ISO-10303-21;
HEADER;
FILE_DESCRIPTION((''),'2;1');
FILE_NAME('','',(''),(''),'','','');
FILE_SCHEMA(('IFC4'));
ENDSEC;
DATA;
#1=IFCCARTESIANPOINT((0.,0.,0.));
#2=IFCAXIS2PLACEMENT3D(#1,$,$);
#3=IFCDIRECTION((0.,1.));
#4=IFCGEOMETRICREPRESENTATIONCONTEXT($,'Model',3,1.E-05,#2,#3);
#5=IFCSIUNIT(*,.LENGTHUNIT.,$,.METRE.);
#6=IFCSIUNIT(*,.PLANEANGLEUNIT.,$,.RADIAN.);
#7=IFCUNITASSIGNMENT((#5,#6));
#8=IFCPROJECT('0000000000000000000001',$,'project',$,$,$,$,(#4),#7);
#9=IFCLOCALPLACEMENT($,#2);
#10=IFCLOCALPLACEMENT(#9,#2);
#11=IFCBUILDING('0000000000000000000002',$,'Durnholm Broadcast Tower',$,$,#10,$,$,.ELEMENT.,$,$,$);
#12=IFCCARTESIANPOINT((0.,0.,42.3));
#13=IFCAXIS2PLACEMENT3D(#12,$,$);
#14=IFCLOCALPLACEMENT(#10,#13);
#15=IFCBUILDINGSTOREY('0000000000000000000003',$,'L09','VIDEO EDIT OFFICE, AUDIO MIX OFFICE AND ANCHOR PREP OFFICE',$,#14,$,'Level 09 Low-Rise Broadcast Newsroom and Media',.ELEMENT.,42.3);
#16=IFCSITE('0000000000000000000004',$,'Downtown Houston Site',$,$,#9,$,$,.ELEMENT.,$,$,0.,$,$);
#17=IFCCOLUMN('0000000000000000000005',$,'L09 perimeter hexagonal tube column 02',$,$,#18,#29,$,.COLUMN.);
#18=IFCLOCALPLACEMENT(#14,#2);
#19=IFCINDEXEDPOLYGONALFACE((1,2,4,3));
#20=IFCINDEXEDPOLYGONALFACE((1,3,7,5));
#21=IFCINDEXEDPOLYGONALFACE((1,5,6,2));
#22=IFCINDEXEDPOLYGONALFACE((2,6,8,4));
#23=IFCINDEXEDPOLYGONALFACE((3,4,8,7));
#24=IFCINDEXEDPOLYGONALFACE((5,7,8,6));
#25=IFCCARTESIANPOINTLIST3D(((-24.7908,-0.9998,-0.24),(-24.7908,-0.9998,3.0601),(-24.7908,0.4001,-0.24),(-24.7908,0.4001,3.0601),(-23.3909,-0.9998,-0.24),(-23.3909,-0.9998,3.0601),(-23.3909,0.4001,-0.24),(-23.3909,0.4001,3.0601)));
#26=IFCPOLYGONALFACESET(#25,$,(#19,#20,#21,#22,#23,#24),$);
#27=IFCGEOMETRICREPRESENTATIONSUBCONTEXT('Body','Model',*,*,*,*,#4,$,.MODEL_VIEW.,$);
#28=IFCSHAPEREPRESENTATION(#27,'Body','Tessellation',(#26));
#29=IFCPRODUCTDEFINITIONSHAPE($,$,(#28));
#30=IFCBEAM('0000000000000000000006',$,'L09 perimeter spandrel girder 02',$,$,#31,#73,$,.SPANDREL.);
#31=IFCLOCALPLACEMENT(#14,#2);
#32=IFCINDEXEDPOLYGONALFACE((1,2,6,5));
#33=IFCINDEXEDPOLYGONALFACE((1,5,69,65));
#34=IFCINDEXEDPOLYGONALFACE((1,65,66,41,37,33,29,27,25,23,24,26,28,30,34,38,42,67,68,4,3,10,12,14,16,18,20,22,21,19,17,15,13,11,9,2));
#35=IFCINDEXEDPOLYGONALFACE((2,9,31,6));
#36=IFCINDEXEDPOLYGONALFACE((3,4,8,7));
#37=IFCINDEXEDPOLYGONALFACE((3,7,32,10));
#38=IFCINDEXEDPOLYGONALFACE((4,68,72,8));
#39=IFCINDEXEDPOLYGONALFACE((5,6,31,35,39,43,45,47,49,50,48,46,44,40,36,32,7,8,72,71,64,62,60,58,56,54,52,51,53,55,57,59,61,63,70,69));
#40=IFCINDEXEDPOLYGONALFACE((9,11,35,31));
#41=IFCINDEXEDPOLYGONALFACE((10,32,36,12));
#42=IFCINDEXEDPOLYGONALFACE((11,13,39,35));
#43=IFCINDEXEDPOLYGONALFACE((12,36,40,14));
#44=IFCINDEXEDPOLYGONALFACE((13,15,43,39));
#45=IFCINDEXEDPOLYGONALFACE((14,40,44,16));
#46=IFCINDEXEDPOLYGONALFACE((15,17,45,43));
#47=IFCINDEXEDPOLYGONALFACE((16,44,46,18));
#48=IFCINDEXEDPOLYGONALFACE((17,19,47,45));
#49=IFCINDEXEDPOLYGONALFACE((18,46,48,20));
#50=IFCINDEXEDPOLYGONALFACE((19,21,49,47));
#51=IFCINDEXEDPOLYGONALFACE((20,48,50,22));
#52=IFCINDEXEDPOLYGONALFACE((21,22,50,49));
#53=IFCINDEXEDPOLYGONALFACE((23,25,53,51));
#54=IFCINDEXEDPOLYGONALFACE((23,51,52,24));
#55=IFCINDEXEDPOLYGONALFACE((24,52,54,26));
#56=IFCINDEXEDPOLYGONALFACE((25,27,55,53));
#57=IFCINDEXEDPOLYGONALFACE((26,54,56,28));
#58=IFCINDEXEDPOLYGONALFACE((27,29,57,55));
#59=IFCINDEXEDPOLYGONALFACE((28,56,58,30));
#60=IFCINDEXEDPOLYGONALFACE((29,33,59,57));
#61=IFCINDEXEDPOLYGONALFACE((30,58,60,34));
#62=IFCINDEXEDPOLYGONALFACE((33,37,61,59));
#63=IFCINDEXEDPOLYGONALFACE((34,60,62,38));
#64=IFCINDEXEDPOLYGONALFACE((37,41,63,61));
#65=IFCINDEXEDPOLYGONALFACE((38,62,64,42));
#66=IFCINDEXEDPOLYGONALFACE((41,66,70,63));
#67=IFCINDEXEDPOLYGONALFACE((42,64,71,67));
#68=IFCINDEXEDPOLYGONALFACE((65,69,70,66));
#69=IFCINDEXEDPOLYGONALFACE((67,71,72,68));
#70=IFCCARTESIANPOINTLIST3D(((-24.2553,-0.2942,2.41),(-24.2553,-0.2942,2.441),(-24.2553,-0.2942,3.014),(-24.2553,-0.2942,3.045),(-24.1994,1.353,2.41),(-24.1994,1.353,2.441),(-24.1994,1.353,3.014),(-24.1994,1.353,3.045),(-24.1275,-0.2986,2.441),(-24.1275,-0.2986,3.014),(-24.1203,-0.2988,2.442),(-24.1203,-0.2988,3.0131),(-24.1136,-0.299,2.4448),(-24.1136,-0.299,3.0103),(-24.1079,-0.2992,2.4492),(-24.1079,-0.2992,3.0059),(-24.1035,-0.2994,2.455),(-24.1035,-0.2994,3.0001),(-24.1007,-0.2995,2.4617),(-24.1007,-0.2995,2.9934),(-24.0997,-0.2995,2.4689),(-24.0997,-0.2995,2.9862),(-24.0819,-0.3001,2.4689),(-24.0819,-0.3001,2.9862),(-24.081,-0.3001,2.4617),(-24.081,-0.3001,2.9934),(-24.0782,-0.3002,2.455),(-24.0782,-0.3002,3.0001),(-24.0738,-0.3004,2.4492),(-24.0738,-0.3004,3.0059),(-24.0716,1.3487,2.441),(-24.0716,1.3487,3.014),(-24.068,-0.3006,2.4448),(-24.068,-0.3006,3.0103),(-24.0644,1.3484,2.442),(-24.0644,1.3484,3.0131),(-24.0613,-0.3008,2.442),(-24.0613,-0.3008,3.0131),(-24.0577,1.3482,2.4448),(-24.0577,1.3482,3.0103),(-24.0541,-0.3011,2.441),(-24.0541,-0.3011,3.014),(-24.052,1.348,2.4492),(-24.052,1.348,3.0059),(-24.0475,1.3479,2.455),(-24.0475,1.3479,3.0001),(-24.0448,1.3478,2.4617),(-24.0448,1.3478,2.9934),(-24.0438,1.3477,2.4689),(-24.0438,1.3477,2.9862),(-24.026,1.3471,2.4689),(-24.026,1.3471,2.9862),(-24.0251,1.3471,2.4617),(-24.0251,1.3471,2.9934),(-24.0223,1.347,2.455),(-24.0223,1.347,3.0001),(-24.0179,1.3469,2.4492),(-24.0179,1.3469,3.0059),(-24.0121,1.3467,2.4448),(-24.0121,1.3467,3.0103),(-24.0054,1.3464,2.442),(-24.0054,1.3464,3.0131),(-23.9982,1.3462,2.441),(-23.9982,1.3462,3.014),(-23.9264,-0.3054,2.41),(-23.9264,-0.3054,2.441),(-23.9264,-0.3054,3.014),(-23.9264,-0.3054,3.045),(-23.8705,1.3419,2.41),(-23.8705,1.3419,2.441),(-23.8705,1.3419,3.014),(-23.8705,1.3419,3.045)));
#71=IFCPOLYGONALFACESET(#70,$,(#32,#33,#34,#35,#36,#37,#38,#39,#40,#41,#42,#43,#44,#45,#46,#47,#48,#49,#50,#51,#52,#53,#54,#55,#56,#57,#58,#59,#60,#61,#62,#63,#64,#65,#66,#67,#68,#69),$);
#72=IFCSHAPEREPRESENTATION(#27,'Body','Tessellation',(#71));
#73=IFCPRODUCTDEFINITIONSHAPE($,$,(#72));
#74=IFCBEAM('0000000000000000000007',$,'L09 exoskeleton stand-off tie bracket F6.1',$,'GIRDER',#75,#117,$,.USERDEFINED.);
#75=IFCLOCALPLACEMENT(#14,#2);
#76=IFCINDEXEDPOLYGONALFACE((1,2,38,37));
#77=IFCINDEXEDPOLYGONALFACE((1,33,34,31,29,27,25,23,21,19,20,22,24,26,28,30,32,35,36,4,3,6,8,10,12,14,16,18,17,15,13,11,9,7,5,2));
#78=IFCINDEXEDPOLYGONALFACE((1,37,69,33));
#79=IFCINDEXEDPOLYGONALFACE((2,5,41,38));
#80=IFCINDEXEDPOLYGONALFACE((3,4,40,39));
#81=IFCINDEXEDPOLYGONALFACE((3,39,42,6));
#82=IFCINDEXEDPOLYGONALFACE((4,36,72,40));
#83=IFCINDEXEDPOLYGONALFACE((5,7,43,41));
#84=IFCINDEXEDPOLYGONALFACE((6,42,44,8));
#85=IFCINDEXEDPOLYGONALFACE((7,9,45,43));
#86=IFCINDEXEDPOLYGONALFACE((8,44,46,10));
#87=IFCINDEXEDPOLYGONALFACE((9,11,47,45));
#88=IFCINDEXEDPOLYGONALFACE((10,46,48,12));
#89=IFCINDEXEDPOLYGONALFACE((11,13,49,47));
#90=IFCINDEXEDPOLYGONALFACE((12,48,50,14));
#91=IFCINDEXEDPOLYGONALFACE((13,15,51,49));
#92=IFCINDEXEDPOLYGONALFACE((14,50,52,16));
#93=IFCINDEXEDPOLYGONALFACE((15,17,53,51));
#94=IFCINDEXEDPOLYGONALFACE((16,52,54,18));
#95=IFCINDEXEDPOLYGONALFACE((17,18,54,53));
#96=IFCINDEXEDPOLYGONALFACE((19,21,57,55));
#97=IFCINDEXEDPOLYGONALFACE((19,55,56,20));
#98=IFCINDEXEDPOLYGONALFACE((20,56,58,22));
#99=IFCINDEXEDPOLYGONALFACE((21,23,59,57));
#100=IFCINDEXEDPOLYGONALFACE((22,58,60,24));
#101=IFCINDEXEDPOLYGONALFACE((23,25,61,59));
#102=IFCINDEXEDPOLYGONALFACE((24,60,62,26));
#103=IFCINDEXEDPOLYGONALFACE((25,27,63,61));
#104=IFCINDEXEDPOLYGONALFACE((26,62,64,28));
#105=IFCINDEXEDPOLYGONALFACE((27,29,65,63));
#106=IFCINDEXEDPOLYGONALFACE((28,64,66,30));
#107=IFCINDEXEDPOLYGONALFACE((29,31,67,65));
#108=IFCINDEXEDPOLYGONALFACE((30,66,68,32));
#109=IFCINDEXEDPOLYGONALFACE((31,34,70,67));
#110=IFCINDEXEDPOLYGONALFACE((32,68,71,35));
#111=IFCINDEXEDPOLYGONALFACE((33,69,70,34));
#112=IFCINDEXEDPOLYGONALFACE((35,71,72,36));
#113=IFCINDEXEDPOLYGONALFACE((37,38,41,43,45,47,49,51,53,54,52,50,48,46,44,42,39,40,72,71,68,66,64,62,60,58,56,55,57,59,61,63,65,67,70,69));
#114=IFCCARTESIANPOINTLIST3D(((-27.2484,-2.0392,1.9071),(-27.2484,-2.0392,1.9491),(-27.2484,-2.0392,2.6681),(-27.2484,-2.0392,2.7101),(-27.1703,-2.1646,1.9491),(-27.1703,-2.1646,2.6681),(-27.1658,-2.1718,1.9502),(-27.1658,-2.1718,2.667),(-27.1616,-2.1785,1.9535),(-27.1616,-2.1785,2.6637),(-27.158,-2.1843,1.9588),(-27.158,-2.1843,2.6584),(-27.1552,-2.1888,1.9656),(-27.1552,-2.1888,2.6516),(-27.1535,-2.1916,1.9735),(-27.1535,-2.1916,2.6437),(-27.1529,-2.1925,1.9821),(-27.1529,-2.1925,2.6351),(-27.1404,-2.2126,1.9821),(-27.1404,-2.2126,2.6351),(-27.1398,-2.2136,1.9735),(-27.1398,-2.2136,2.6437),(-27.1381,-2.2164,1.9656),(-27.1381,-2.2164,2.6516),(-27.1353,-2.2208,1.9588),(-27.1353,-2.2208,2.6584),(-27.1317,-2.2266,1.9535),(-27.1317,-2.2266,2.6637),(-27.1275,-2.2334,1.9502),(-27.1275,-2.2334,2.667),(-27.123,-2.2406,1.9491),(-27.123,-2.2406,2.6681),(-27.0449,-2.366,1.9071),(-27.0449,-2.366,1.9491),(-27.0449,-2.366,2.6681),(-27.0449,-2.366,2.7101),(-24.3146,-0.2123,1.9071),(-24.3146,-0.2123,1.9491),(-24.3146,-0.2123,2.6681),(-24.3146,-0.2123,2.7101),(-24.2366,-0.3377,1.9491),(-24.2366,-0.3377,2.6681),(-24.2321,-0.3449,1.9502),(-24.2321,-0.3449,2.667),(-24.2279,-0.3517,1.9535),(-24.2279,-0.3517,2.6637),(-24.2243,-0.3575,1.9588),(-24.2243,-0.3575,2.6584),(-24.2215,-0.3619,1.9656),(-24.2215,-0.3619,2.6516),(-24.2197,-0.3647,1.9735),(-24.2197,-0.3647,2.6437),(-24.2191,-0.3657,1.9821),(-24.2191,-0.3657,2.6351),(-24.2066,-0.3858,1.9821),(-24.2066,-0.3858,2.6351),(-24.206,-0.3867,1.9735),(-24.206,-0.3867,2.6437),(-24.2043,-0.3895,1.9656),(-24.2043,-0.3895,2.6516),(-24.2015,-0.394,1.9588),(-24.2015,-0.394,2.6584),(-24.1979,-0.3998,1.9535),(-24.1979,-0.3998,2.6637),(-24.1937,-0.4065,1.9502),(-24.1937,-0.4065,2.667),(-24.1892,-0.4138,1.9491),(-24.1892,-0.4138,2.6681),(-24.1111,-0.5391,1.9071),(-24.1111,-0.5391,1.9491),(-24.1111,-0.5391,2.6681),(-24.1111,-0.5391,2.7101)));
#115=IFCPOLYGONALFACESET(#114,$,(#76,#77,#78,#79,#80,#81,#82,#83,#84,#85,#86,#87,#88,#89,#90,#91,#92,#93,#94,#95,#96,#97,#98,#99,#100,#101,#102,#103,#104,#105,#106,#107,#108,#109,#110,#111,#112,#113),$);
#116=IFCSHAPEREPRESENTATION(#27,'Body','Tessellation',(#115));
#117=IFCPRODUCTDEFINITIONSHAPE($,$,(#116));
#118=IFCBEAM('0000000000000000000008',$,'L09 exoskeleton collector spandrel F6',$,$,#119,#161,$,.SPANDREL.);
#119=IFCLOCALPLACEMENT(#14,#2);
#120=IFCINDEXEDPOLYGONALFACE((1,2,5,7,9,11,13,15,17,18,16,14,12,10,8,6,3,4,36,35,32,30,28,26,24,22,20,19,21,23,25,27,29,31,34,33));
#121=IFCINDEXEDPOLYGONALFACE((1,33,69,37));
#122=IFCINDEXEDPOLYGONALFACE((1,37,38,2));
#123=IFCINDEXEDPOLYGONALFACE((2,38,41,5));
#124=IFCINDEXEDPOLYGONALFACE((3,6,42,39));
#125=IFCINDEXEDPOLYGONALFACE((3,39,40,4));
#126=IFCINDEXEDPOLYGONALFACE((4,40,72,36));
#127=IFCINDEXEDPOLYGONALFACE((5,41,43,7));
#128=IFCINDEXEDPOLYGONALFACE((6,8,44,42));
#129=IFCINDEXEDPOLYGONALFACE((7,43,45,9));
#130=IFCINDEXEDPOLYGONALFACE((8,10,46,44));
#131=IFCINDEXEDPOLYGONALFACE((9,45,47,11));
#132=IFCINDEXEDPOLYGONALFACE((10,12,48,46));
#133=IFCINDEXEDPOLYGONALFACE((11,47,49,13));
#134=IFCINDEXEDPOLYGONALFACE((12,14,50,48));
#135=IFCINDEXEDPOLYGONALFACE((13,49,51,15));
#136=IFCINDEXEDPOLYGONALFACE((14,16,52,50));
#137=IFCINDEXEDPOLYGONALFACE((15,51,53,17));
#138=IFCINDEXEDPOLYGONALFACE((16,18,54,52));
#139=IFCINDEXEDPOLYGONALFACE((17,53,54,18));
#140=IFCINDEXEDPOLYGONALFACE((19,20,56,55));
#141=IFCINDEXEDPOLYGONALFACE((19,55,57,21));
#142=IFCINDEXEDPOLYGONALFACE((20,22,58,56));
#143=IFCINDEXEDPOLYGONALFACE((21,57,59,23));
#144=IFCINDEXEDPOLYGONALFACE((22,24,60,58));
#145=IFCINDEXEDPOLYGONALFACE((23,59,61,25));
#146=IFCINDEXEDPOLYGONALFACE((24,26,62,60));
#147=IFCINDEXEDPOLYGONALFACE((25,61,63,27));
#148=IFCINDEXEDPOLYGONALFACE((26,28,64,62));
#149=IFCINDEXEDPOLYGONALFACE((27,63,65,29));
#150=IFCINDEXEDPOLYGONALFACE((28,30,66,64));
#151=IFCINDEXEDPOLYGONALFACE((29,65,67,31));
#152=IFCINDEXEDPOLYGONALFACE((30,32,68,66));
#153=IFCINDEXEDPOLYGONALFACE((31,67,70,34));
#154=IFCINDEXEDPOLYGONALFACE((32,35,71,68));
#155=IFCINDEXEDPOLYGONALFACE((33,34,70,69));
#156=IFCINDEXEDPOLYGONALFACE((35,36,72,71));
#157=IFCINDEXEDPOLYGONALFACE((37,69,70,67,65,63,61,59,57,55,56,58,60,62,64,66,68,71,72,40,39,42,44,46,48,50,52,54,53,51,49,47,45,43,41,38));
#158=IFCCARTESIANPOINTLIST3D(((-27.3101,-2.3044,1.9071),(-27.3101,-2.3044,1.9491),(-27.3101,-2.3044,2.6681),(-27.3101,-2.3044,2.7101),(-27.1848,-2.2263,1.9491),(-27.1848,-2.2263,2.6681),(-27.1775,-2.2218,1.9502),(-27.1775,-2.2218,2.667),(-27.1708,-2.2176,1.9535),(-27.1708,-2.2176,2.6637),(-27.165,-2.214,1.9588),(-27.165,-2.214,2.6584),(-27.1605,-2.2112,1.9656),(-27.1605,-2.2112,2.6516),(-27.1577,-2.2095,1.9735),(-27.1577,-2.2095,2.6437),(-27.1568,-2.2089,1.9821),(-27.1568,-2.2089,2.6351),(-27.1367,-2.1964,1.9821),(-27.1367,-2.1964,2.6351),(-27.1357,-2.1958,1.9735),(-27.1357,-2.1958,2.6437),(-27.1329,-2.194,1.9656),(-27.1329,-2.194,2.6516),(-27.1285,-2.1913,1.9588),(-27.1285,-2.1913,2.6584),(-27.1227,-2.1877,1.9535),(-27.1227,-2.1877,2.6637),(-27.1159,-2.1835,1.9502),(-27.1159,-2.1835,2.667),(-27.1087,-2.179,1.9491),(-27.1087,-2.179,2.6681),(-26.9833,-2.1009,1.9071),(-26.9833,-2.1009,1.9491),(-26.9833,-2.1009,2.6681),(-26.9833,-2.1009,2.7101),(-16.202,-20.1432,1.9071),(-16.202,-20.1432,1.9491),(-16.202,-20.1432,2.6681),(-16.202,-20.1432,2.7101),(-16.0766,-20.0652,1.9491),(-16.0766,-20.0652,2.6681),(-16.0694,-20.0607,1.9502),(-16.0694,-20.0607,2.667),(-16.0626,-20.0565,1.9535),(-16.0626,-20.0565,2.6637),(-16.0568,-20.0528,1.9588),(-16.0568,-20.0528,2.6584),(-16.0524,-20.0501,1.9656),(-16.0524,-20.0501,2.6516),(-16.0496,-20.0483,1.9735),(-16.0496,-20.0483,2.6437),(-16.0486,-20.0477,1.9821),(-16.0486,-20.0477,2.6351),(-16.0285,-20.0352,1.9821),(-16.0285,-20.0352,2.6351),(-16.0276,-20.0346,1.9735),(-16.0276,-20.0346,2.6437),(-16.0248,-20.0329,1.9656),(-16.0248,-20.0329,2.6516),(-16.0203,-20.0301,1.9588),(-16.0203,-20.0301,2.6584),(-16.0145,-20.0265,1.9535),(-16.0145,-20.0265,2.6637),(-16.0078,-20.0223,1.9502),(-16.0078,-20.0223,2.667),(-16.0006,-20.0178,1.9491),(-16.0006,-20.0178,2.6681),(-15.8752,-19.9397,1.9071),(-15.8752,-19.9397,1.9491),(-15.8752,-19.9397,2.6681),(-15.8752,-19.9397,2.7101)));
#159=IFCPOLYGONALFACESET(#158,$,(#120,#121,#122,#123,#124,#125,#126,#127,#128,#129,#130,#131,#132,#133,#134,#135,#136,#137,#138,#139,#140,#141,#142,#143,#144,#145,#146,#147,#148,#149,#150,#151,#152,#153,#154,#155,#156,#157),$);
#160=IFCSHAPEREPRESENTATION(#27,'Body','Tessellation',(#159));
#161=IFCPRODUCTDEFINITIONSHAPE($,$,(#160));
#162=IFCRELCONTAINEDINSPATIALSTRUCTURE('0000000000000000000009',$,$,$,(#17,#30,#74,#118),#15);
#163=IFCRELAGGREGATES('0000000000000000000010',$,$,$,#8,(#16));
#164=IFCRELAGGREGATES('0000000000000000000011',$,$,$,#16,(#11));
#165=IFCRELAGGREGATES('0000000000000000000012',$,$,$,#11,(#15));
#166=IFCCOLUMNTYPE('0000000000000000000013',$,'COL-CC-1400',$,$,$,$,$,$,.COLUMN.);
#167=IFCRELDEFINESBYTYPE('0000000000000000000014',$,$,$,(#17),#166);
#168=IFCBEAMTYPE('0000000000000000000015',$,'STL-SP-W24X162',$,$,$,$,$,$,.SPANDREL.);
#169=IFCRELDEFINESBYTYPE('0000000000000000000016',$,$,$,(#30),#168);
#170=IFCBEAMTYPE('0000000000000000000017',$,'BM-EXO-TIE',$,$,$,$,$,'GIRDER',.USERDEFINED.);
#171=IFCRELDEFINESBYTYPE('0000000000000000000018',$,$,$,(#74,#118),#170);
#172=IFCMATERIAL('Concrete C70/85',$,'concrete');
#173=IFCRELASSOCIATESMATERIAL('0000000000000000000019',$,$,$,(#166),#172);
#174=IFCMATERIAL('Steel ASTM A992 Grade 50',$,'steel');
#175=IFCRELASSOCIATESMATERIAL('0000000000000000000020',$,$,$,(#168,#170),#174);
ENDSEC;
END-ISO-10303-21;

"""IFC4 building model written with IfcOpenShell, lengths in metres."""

from ifc_helpers import new_model, si_unit, direction, frame, origin, origin_2d, place, context, subcontext, project, spatial, rectangle, i_section, extrude, source, transform, mapped, material, material_profile, profile_set, type_object, type_shapes, element, save


model = new_model("IFC4")

# Units and contexts
model_context = context("Model", 3, precision=1e-05, world=origin(), true_north=direction((0.0, 1.0)))
body_context = subcontext(model_context, "Body", "Model", "MODEL_VIEW")
ifc_project = project(units=[si_unit("LENGTHUNIT", "METRE"), si_unit("PLANEANGLEUNIT", "RADIAN")], contexts=[model_context])

# Site, building, storey
site_placement = place(None, origin())
site = spatial("IfcSite", under=ifc_project, at=site_placement, Name="Downtown Houston Site", CompositionType="ELEMENT", RefElevation=0.0)
building_placement = place(site_placement, origin())
building = spatial("IfcBuilding", under=site, at=building_placement, Name="Durnholm Broadcast Tower", CompositionType="ELEMENT")
storey_placement = place(building_placement, frame((0.0, 0.0, 42.3)))
storey = spatial("IfcBuildingStorey", under=building, at=storey_placement, Name="L09", Description="VIDEO EDIT OFFICE, AUDIO MIX OFFICE AND ANCHOR PREP OFFICE", LongName="Level 09 Low-Rise Broadcast Newsroom and Media", CompositionType="ELEMENT", Elevation=42.3)

# Column
ifc_material_1 = material(Name="Concrete C70/85", Category="concrete")
ifc_material_profile_1 = material_profile(ifc_material_1, rectangle(XDim=1.3999, YDim=1.3999, at=origin_2d()), Name="RC1400X1400")
ifc_profile_set_1 = profile_set([ifc_material_profile_1], Name="Concrete C70/85")
column_type = type_object("IfcColumnType", Name="COL-CC-1400", PredefinedType="COLUMN", material=ifc_profile_set_1)
shared_shape_1 = source(origin(), body_context, "Body", "SweptSolid", [
    extrude(rectangle(XDim=1.3999, YDim=1.3999, at=origin_2d()), origin(), (0.0, 0.0, 1.0), 3.3),
])
type_shapes(column_type, [shared_shape_1])
column_placement = place(storey_placement, frame((-24.0908, -0.2998, -0.24), z_axis=(0.0, 0.0, 1.0), x_axis=(1.0, 0.0, 0.0)))
element("IfcColumn", 1, at=column_placement, inside=storey, type_object=column_type, Name="L09 perimeter hexagonal tube column 02", PredefinedType="COLUMN", context=body_context, shape_type="MappedRepresentation", body=[
    mapped(shared_shape_1, transform((0.0, 0.0, 0.0), x_axis=(1.0, 0.0, 0.0), y_axis=(0.0, 1.0, 0.0), z_axis=(0.0, 0.0, 1.0), scale=1.0)),
])

# Beams
ifc_material_2 = material(Name="Steel ASTM A992 Grade 50", Category="steel")
ifc_material_profile_2 = material_profile(ifc_material_2, i_section(OverallWidth=0.3291, OverallDepth=0.635, WebThickness=0.0178, FlangeThickness=0.031, FilletRadius=0.0278, at=origin_2d()), Name="W24X162")
ifc_profile_set_2 = profile_set([ifc_material_profile_2], Name="Steel ASTM A992 Grade 50")
beam_type_1 = type_object("IfcBeamType", Name="STL-SP-W24X162", PredefinedType="SPANDREL", material=ifc_profile_set_2)
shared_shape_2 = source(origin(), body_context, "Body", "SweptSolid", [
    extrude(i_section(OverallWidth=0.3291, OverallDepth=0.635, WebThickness=0.0178, FlangeThickness=0.031, FilletRadius=0.0278, at=origin_2d()), origin(), (0.0, 0.0, 1.0), 1.6482),
])
type_shapes(beam_type_1, [shared_shape_2])
beam_1_placement = place(storey_placement, frame((-24.0908, -0.2998, 2.7275), z_axis=(0.033921, 0.999425, 0.0), x_axis=(-0.999425, 0.033921, 0.0)))
element("IfcBeam", 2, at=beam_1_placement, inside=storey, type_object=beam_type_1, Name="L09 perimeter spandrel girder 02", PredefinedType="SPANDREL", context=body_context, shape_type="MappedRepresentation", body=[
    mapped(shared_shape_2, transform((0.0, 0.0, 0.0), x_axis=(1.0, 0.0, 0.0), y_axis=(0.0, 1.0, 0.0), z_axis=(0.0, 0.0, 1.0), scale=1.0)),
])
ifc_material_profile_3 = material_profile(ifc_material_2, i_section(OverallWidth=0.385, OverallDepth=0.803, WebThickness=0.0237, FlangeThickness=0.042, FilletRadius=0.033, at=origin_2d()), Name="W30X261")
ifc_profile_set_3 = profile_set([ifc_material_profile_3], Name="Steel ASTM A992 Grade 50")
beam_type_2 = type_object("IfcBeamType", Name="BM-EXO-TIE", ElementType="GIRDER", PredefinedType="USERDEFINED", material=ifc_profile_set_3)
shared_shape_3 = source(origin(), body_context, "Body", "SweptSolid", [
    extrude(i_section(OverallWidth=0.385, OverallDepth=0.803, WebThickness=0.0237, FlangeThickness=0.042, FilletRadius=0.033, at=origin_2d()), origin(), (0.0, 0.0, 1.0), 3.4561),
])
beam_2_placement = place(storey_placement, frame((-24.2129, -0.3757, 2.3086), z_axis=(-0.848874, -0.528595, 0.0), x_axis=(0.528595, -0.848874, 0.0)))
element("IfcBeam", 3, at=beam_2_placement, inside=storey, type_object=beam_type_2, Name="L09 exoskeleton stand-off tie bracket F6.1", ObjectType="GIRDER", PredefinedType="USERDEFINED", context=body_context, shape_type="MappedRepresentation", body=[
    mapped(shared_shape_3, transform((0.0, 0.0, 0.0), x_axis=(1.0, 0.0, 0.0), y_axis=(0.0, 1.0, 0.0), z_axis=(0.0, 0.0, 1.0), scale=1.0)),
])
shared_shape_4 = source(origin(), body_context, "Body", "SweptSolid", [
    extrude(i_section(OverallWidth=0.385, OverallDepth=0.803, WebThickness=0.0237, FlangeThickness=0.042, FilletRadius=0.033, at=origin_2d()), origin(), (0.0, 0.0, 1.0), 21.0146),
])
type_shapes(beam_type_2, [shared_shape_3, shared_shape_4])
beam_3_placement = place(storey_placement, frame((-27.1467, -2.2026, 2.3086), z_axis=(0.528591, -0.848877, 0.0), x_axis=(0.848877, 0.528591, 0.0)))
element("IfcBeam", 4, at=beam_3_placement, inside=storey, type_object=beam_type_2, Name="L09 exoskeleton collector spandrel F6", PredefinedType="SPANDREL", context=body_context, shape_type="MappedRepresentation", body=[
    mapped(shared_shape_4, transform((0.0, 0.0, 0.0), x_axis=(1.0, 0.0, 0.0), y_axis=(0.0, 1.0, 0.0), z_axis=(0.0, 0.0, 1.0), scale=1.0)),
])

save(model, "model.ifc")
